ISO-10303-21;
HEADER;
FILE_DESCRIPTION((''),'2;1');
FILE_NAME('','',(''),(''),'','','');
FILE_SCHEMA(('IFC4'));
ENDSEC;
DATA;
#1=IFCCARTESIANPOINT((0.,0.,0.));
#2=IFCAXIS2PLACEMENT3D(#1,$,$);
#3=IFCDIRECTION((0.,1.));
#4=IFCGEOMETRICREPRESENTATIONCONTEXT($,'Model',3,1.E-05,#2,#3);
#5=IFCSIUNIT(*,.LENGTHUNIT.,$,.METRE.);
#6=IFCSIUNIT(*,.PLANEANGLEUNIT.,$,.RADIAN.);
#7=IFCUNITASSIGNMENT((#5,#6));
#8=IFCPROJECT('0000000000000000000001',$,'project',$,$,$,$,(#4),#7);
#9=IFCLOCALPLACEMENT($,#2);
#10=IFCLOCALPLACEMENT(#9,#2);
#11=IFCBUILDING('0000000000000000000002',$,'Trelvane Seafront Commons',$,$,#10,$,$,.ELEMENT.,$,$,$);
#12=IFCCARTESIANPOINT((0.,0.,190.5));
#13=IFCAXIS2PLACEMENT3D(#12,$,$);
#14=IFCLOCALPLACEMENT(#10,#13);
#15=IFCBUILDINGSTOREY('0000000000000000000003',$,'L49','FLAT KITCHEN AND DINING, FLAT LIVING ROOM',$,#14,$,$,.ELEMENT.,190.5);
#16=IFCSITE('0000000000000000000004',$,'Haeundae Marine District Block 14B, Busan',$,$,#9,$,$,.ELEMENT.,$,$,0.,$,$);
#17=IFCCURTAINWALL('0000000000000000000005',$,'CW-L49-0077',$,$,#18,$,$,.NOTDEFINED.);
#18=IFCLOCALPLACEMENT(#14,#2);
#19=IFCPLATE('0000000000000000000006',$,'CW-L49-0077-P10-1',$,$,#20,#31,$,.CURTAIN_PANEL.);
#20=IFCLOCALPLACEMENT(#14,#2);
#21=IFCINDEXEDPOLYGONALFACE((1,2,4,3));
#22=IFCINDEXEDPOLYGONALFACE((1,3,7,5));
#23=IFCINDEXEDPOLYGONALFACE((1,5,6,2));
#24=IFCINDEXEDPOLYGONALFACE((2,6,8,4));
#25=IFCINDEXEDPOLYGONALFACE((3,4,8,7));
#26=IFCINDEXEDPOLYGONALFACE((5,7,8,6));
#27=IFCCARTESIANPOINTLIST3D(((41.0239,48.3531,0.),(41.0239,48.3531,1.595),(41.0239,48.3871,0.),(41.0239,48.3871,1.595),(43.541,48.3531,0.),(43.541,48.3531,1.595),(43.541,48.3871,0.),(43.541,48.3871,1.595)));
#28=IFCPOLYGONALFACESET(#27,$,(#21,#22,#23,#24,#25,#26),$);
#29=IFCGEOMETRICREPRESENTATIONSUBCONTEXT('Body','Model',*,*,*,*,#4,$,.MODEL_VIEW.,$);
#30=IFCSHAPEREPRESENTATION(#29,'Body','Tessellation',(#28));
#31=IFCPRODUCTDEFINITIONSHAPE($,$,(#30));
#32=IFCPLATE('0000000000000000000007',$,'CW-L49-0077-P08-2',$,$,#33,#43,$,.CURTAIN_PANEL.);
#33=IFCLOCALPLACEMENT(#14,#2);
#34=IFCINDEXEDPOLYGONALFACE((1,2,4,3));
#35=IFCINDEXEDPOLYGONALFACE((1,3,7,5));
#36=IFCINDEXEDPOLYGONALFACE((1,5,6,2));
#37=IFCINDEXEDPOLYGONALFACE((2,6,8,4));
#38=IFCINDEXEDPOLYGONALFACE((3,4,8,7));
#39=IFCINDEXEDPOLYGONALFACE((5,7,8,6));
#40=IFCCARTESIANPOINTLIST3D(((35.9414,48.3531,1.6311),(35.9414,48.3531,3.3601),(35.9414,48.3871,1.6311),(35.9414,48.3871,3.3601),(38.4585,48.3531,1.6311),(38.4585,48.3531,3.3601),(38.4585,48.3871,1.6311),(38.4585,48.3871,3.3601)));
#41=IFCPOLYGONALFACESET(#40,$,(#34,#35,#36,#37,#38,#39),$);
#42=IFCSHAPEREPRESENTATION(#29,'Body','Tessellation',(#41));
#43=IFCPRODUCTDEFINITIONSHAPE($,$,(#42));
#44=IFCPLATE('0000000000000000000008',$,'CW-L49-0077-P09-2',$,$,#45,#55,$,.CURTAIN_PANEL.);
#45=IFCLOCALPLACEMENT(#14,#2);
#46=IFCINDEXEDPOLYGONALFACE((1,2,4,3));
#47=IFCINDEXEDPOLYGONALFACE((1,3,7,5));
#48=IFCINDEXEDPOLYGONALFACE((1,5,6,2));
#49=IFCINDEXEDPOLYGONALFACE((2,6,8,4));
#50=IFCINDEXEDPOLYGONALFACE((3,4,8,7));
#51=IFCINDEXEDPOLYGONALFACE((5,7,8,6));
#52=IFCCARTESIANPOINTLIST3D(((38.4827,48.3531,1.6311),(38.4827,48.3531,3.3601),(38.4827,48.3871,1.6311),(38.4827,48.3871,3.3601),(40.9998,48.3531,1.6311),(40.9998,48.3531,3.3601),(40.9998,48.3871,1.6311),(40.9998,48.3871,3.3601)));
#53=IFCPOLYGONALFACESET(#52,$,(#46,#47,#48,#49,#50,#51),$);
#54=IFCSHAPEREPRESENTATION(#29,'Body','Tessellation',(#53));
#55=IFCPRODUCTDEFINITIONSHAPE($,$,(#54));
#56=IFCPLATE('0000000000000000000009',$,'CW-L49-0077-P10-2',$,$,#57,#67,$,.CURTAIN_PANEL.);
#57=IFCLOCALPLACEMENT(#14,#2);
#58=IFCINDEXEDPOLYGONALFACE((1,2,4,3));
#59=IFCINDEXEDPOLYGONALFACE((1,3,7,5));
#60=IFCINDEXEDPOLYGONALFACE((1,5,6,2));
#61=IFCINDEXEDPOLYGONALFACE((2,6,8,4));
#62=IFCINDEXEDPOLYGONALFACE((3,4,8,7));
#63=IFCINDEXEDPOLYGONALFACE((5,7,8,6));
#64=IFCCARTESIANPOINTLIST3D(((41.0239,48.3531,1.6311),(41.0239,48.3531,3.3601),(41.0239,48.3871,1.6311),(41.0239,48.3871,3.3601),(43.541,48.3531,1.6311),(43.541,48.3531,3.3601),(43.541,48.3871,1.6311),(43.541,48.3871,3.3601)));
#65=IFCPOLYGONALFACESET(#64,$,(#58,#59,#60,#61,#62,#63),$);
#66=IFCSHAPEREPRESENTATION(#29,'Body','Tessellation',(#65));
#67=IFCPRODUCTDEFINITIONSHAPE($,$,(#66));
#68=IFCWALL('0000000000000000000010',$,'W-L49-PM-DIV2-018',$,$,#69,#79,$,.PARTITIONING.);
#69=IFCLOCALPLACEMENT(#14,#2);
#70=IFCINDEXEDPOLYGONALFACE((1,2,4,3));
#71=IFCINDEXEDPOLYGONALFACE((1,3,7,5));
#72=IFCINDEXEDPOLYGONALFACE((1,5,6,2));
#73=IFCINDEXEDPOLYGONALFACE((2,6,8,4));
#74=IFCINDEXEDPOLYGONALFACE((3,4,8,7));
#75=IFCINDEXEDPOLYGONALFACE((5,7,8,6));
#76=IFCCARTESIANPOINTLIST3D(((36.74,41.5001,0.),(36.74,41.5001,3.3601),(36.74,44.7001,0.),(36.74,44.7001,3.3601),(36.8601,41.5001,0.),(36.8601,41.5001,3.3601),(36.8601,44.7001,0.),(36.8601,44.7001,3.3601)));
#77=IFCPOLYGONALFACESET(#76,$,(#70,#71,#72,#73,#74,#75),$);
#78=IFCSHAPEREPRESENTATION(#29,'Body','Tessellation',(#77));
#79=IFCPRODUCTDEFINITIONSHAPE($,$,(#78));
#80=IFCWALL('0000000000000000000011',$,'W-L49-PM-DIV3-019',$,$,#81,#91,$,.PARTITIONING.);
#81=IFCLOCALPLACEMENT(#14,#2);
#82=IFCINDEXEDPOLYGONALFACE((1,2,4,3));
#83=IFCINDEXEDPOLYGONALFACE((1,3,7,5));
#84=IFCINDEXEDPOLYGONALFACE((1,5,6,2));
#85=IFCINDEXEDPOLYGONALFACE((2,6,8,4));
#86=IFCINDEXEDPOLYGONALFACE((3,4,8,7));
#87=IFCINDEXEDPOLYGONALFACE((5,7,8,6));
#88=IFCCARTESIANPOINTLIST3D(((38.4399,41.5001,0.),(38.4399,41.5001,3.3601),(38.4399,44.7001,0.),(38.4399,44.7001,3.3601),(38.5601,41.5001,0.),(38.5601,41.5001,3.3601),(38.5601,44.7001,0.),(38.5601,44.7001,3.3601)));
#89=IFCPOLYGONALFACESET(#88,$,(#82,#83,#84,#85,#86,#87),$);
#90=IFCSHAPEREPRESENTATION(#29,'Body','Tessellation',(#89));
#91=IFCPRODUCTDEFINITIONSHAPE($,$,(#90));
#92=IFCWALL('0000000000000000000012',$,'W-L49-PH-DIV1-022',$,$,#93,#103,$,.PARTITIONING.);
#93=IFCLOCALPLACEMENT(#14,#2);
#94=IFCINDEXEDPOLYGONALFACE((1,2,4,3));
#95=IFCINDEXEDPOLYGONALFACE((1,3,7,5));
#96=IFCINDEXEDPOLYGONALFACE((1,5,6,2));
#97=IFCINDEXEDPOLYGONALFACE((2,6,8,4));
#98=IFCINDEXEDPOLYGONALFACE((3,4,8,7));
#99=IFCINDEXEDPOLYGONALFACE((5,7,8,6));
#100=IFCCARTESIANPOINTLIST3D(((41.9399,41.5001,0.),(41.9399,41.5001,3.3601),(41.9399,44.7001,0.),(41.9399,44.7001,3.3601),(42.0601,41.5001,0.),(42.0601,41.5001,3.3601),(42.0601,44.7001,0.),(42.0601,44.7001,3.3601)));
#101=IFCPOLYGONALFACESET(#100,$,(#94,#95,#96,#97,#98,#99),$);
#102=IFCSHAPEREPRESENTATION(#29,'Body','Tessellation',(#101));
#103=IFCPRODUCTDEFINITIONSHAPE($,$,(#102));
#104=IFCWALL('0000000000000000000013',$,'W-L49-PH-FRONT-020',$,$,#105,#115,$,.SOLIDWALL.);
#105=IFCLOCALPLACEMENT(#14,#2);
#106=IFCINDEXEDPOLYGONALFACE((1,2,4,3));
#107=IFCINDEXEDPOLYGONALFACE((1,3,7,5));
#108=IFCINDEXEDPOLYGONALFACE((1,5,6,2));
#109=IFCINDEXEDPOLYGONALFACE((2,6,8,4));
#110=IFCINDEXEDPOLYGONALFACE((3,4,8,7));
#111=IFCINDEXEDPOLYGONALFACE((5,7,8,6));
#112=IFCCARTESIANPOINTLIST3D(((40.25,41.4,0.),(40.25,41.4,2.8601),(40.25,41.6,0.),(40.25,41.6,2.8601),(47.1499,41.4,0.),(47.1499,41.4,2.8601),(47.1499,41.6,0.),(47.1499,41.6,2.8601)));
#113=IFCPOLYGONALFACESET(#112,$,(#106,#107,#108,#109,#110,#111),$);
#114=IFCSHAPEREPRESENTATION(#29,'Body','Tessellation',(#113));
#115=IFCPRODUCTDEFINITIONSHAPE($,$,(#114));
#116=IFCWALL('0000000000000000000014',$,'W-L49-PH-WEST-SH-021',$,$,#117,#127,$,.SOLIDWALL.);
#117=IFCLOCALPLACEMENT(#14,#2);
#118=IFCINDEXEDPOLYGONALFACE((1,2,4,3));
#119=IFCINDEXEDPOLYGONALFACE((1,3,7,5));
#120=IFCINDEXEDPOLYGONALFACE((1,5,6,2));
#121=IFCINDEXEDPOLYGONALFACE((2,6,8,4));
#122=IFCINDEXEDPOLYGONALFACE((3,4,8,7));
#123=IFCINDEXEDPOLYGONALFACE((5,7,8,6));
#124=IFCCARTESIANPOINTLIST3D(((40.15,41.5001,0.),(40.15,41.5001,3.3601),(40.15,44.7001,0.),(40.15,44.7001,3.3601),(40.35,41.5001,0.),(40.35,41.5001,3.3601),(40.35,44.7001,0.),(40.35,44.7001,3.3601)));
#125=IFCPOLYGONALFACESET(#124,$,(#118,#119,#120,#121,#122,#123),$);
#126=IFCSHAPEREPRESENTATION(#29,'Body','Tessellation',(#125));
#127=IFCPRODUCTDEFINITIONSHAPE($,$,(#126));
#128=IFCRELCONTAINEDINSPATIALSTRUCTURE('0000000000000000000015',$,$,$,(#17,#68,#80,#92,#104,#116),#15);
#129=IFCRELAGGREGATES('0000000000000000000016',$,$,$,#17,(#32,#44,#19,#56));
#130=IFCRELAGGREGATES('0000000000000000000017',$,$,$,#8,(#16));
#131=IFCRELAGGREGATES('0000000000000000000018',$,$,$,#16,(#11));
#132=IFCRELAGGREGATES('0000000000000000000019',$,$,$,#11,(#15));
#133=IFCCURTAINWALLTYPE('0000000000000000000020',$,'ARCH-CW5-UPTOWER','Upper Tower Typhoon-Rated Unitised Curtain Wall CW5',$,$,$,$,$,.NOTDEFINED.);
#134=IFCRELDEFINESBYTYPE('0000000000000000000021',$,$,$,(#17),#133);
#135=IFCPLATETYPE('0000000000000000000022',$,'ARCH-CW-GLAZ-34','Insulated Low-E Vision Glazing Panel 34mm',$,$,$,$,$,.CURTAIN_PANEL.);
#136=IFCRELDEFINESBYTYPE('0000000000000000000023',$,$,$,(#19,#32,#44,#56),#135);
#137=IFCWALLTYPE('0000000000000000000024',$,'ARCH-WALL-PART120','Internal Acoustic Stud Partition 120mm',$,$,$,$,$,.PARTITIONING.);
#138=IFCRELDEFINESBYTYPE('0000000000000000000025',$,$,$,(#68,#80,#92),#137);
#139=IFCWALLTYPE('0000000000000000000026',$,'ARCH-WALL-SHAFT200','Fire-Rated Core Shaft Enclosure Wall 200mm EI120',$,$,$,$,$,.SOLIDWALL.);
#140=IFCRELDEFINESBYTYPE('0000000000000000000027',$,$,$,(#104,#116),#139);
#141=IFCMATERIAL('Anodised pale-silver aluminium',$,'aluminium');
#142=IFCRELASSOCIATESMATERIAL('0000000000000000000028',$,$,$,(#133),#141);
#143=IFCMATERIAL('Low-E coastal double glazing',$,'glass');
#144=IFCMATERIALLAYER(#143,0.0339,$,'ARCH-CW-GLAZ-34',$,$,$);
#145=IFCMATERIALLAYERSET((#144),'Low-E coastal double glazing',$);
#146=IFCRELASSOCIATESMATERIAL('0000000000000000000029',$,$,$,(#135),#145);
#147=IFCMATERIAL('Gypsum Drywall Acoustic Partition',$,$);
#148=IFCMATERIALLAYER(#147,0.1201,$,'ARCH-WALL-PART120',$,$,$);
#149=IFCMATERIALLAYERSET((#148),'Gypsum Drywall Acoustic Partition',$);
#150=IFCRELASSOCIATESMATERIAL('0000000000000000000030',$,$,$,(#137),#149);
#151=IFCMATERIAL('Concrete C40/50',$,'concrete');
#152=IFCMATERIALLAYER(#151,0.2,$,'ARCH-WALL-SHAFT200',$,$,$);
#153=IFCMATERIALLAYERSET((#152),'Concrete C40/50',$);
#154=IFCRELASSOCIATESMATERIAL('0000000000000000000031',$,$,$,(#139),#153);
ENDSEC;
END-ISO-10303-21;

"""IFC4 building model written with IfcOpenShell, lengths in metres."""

from ifc_helpers import new_model, si_unit, direction, frame, frame_2d, origin, origin_2d, place, context, subcontext, project, spatial, rectangle, extrude, source, transform, mapped, material, layer, layer_set, type_object, element, aggregate, save


model = new_model("IFC4")

# Units and contexts
model_context = context("Model", 3, precision=1e-05, world=origin(), true_north=direction((0.0, 1.0)))
body_context = subcontext(model_context, "Body", "Model", "MODEL_VIEW")
ifc_project = project(units=[si_unit("LENGTHUNIT", "METRE"), si_unit("PLANEANGLEUNIT", "RADIAN")], contexts=[model_context])

# Site, building, storey
site_placement = place(None, origin())
site = spatial("IfcSite", under=ifc_project, at=site_placement, Name="Haeundae Marine District Block 14B, Busan", CompositionType="ELEMENT", RefElevation=0.0)
building_placement = place(site_placement, origin())
building = spatial("IfcBuilding", under=site, at=building_placement, Name="Trelvane Seafront Commons", CompositionType="ELEMENT")
storey_placement = place(building_placement, frame((0.0, 0.0, 190.5)))
storey = spatial("IfcBuildingStorey", under=building, at=storey_placement, Name="L49", Description="FLAT KITCHEN AND DINING, FLAT LIVING ROOM", CompositionType="ELEMENT", Elevation=190.5)

# Curtain wall
ifc_material_1 = material(Name="Anodised pale-silver aluminium", Category="aluminium")
curtain_wall_type = type_object("IfcCurtainWallType", Name="ARCH-CW5-UPTOWER", Description="Upper Tower Typhoon-Rated Unitised Curtain Wall CW5", PredefinedType="NOTDEFINED", material=ifc_material_1)
curtain_wall_placement = place(storey_placement, origin())
curtain_wall = element("IfcCurtainWall", 1, at=curtain_wall_placement, inside=storey, type_object=curtain_wall_type, Name="CW-L49-0077", PredefinedType="NOTDEFINED")

# Plates
ifc_material_2 = material(Name="Low-E coastal double glazing", Category="glass")
ifc_layer_1 = layer(ifc_material_2, 0.0339, Name="ARCH-CW-GLAZ-34")
ifc_layer_set_1 = layer_set([ifc_layer_1], Name="Low-E coastal double glazing")
plate_type_1 = type_object("IfcPlateType", Name="ARCH-CW-GLAZ-34", Description="Insulated Low-E Vision Glazing Panel 34mm", PredefinedType="CURTAIN_PANEL", material=ifc_layer_set_1)
shared_shape_1 = source(origin(), body_context, "Body", "SweptSolid", [
    extrude(rectangle(XDim=2.5171, YDim=0.0339, at=origin_2d()), origin(), (0.0, 0.0, 1.0), 1.595),
])
plate_1_placement = place(storey_placement, frame((42.2825, 48.3701, 0.0), z_axis=(0.0, 0.0, 1.0), x_axis=(1.0, 0.0, 0.0)))
plate_1 = element("IfcPlate", 2, at=plate_1_placement, type_object=plate_type_1, Name="CW-L49-0077-P10-1", PredefinedType="CURTAIN_PANEL", context=body_context, shape_type="MappedRepresentation", body=[
    mapped(shared_shape_1, transform((0.0, 0.0, 0.0), x_axis=(1.0, 0.0, 0.0), y_axis=(0.0, 1.0, 0.0), z_axis=(0.0, 0.0, 1.0), scale=1.0)),
])
shared_shape_2 = source(origin(), body_context, "Body", "SweptSolid", [
    extrude(rectangle(XDim=2.5171, YDim=0.0339, at=origin_2d()), origin(), (0.0, 0.0, 1.0), 1.729),
])
plate_2_placement = place(storey_placement, frame((37.2, 48.3701, 1.6311), z_axis=(0.0, 0.0, 1.0), x_axis=(1.0, 0.0, 0.0)))
plate_2 = element("IfcPlate", 3, at=plate_2_placement, type_object=plate_type_1, Name="CW-L49-0077-P08-2", PredefinedType="CURTAIN_PANEL", context=body_context, shape_type="MappedRepresentation", body=[
    mapped(shared_shape_2, transform((0.0, 0.0, 0.0), x_axis=(1.0, 0.0, 0.0), y_axis=(0.0, 1.0, 0.0), z_axis=(0.0, 0.0, 1.0), scale=1.0)),
])
plate_3_placement = place(storey_placement, frame((39.7412, 48.3701, 1.6311), z_axis=(0.0, 0.0, 1.0), x_axis=(1.0, 0.0, 0.0)))
plate_3 = element("IfcPlate", 4, at=plate_3_placement, type_object=plate_type_1, Name="CW-L49-0077-P09-2", PredefinedType="CURTAIN_PANEL", context=body_context, shape_type="MappedRepresentation", body=[
    mapped(shared_shape_2, transform((0.0, 0.0, 0.0), x_axis=(1.0, 0.0, 0.0), y_axis=(0.0, 1.0, 0.0), z_axis=(0.0, 0.0, 1.0), scale=1.0)),
])
plate_4_placement = place(storey_placement, frame((42.2825, 48.3701, 1.6311), z_axis=(0.0, 0.0, 1.0), x_axis=(1.0, 0.0, 0.0)))
plate_4 = element("IfcPlate", 5, at=plate_4_placement, type_object=plate_type_1, Name="CW-L49-0077-P10-2", PredefinedType="CURTAIN_PANEL", context=body_context, shape_type="MappedRepresentation", body=[
    mapped(shared_shape_2, transform((0.0, 0.0, 0.0), x_axis=(1.0, 0.0, 0.0), y_axis=(0.0, 1.0, 0.0), z_axis=(0.0, 0.0, 1.0), scale=1.0)),
])
aggregate(curtain_wall, [plate_2, plate_3, plate_1, plate_4])

# Walls
ifc_material_3 = material(Name="Gypsum Drywall Acoustic Partition")
ifc_layer_2 = layer(ifc_material_3, 0.1201, Name="ARCH-WALL-PART120")
ifc_layer_set_2 = layer_set([ifc_layer_2], Name="Gypsum Drywall Acoustic Partition")
wall_type_1 = type_object("IfcWallType", Name="ARCH-WALL-PART120", Description="Internal Acoustic Stud Partition 120mm", PredefinedType="PARTITIONING", material=ifc_layer_set_2)
for number, where, z_axis, x_axis, name in (
    (6, (36.8, 41.5, 0.0), (0.0, 0.0, 1.0), (0.0, 1.0, 0.0), "W-L49-PM-DIV2-018"),
    (7, (38.5, 41.5, 0.0), (0.0, 0.0, 1.0), (0.0, 1.0, 0.0), "W-L49-PM-DIV3-019"),
    (8, (42.0, 41.5, 0.0), (0.0, 0.0, 1.0), (0.0, 1.0, 0.0), "W-L49-PH-DIV1-022"),
):
    element("IfcWall", number, at=place(storey_placement, frame(where, z_axis=z_axis, x_axis=x_axis)), inside=storey, type_object=wall_type_1, Name=name, PredefinedType="PARTITIONING", context=body_context, shape_type="SweptSolid", body=[
        extrude(rectangle(XDim=3.2, YDim=0.1201, at=frame_2d((1.6001, 0.0))), origin(), (0.0, 0.0, 1.0), 3.3601),
    ])

# Walls
ifc_material_4 = material(Name="Concrete C40/50", Category="concrete")
ifc_layer_3 = layer(ifc_material_4, 0.2, Name="ARCH-WALL-SHAFT200")
ifc_layer_set_3 = layer_set([ifc_layer_3], Name="Concrete C40/50")
wall_type_2 = type_object("IfcWallType", Name="ARCH-WALL-SHAFT200", Description="Fire-Rated Core Shaft Enclosure Wall 200mm EI120", PredefinedType="SOLIDWALL", material=ifc_layer_set_3)
wall_1_placement = place(storey_placement, frame((40.25, 41.5, 0.0), z_axis=(0.0, 0.0, 1.0), x_axis=(1.0, 0.0, 0.0)))
element("IfcWall", 9, at=wall_1_placement, inside=storey, type_object=wall_type_2, Name="W-L49-PH-FRONT-020", PredefinedType="SOLIDWALL", context=body_context, shape_type="SweptSolid", body=[
    extrude(rectangle(XDim=6.8999, YDim=0.2, at=frame_2d((3.45, 0.0))), origin(), (0.0, 0.0, 1.0), 2.8601),
])
wall_2_placement = place(storey_placement, frame((40.25, 41.5, 0.0), z_axis=(0.0, 0.0, 1.0), x_axis=(0.0, 1.0, 0.0)))
element("IfcWall", 10, at=wall_2_placement, inside=storey, type_object=wall_type_2, Name="W-L49-PH-WEST-SH-021", PredefinedType="SOLIDWALL", context=body_context, shape_type="SweptSolid", body=[
    extrude(rectangle(XDim=3.2, YDim=0.2, at=frame_2d((1.6001, 0.0))), origin(), (0.0, 0.0, 1.0), 3.3601),
])

save(model, "model.ifc")
